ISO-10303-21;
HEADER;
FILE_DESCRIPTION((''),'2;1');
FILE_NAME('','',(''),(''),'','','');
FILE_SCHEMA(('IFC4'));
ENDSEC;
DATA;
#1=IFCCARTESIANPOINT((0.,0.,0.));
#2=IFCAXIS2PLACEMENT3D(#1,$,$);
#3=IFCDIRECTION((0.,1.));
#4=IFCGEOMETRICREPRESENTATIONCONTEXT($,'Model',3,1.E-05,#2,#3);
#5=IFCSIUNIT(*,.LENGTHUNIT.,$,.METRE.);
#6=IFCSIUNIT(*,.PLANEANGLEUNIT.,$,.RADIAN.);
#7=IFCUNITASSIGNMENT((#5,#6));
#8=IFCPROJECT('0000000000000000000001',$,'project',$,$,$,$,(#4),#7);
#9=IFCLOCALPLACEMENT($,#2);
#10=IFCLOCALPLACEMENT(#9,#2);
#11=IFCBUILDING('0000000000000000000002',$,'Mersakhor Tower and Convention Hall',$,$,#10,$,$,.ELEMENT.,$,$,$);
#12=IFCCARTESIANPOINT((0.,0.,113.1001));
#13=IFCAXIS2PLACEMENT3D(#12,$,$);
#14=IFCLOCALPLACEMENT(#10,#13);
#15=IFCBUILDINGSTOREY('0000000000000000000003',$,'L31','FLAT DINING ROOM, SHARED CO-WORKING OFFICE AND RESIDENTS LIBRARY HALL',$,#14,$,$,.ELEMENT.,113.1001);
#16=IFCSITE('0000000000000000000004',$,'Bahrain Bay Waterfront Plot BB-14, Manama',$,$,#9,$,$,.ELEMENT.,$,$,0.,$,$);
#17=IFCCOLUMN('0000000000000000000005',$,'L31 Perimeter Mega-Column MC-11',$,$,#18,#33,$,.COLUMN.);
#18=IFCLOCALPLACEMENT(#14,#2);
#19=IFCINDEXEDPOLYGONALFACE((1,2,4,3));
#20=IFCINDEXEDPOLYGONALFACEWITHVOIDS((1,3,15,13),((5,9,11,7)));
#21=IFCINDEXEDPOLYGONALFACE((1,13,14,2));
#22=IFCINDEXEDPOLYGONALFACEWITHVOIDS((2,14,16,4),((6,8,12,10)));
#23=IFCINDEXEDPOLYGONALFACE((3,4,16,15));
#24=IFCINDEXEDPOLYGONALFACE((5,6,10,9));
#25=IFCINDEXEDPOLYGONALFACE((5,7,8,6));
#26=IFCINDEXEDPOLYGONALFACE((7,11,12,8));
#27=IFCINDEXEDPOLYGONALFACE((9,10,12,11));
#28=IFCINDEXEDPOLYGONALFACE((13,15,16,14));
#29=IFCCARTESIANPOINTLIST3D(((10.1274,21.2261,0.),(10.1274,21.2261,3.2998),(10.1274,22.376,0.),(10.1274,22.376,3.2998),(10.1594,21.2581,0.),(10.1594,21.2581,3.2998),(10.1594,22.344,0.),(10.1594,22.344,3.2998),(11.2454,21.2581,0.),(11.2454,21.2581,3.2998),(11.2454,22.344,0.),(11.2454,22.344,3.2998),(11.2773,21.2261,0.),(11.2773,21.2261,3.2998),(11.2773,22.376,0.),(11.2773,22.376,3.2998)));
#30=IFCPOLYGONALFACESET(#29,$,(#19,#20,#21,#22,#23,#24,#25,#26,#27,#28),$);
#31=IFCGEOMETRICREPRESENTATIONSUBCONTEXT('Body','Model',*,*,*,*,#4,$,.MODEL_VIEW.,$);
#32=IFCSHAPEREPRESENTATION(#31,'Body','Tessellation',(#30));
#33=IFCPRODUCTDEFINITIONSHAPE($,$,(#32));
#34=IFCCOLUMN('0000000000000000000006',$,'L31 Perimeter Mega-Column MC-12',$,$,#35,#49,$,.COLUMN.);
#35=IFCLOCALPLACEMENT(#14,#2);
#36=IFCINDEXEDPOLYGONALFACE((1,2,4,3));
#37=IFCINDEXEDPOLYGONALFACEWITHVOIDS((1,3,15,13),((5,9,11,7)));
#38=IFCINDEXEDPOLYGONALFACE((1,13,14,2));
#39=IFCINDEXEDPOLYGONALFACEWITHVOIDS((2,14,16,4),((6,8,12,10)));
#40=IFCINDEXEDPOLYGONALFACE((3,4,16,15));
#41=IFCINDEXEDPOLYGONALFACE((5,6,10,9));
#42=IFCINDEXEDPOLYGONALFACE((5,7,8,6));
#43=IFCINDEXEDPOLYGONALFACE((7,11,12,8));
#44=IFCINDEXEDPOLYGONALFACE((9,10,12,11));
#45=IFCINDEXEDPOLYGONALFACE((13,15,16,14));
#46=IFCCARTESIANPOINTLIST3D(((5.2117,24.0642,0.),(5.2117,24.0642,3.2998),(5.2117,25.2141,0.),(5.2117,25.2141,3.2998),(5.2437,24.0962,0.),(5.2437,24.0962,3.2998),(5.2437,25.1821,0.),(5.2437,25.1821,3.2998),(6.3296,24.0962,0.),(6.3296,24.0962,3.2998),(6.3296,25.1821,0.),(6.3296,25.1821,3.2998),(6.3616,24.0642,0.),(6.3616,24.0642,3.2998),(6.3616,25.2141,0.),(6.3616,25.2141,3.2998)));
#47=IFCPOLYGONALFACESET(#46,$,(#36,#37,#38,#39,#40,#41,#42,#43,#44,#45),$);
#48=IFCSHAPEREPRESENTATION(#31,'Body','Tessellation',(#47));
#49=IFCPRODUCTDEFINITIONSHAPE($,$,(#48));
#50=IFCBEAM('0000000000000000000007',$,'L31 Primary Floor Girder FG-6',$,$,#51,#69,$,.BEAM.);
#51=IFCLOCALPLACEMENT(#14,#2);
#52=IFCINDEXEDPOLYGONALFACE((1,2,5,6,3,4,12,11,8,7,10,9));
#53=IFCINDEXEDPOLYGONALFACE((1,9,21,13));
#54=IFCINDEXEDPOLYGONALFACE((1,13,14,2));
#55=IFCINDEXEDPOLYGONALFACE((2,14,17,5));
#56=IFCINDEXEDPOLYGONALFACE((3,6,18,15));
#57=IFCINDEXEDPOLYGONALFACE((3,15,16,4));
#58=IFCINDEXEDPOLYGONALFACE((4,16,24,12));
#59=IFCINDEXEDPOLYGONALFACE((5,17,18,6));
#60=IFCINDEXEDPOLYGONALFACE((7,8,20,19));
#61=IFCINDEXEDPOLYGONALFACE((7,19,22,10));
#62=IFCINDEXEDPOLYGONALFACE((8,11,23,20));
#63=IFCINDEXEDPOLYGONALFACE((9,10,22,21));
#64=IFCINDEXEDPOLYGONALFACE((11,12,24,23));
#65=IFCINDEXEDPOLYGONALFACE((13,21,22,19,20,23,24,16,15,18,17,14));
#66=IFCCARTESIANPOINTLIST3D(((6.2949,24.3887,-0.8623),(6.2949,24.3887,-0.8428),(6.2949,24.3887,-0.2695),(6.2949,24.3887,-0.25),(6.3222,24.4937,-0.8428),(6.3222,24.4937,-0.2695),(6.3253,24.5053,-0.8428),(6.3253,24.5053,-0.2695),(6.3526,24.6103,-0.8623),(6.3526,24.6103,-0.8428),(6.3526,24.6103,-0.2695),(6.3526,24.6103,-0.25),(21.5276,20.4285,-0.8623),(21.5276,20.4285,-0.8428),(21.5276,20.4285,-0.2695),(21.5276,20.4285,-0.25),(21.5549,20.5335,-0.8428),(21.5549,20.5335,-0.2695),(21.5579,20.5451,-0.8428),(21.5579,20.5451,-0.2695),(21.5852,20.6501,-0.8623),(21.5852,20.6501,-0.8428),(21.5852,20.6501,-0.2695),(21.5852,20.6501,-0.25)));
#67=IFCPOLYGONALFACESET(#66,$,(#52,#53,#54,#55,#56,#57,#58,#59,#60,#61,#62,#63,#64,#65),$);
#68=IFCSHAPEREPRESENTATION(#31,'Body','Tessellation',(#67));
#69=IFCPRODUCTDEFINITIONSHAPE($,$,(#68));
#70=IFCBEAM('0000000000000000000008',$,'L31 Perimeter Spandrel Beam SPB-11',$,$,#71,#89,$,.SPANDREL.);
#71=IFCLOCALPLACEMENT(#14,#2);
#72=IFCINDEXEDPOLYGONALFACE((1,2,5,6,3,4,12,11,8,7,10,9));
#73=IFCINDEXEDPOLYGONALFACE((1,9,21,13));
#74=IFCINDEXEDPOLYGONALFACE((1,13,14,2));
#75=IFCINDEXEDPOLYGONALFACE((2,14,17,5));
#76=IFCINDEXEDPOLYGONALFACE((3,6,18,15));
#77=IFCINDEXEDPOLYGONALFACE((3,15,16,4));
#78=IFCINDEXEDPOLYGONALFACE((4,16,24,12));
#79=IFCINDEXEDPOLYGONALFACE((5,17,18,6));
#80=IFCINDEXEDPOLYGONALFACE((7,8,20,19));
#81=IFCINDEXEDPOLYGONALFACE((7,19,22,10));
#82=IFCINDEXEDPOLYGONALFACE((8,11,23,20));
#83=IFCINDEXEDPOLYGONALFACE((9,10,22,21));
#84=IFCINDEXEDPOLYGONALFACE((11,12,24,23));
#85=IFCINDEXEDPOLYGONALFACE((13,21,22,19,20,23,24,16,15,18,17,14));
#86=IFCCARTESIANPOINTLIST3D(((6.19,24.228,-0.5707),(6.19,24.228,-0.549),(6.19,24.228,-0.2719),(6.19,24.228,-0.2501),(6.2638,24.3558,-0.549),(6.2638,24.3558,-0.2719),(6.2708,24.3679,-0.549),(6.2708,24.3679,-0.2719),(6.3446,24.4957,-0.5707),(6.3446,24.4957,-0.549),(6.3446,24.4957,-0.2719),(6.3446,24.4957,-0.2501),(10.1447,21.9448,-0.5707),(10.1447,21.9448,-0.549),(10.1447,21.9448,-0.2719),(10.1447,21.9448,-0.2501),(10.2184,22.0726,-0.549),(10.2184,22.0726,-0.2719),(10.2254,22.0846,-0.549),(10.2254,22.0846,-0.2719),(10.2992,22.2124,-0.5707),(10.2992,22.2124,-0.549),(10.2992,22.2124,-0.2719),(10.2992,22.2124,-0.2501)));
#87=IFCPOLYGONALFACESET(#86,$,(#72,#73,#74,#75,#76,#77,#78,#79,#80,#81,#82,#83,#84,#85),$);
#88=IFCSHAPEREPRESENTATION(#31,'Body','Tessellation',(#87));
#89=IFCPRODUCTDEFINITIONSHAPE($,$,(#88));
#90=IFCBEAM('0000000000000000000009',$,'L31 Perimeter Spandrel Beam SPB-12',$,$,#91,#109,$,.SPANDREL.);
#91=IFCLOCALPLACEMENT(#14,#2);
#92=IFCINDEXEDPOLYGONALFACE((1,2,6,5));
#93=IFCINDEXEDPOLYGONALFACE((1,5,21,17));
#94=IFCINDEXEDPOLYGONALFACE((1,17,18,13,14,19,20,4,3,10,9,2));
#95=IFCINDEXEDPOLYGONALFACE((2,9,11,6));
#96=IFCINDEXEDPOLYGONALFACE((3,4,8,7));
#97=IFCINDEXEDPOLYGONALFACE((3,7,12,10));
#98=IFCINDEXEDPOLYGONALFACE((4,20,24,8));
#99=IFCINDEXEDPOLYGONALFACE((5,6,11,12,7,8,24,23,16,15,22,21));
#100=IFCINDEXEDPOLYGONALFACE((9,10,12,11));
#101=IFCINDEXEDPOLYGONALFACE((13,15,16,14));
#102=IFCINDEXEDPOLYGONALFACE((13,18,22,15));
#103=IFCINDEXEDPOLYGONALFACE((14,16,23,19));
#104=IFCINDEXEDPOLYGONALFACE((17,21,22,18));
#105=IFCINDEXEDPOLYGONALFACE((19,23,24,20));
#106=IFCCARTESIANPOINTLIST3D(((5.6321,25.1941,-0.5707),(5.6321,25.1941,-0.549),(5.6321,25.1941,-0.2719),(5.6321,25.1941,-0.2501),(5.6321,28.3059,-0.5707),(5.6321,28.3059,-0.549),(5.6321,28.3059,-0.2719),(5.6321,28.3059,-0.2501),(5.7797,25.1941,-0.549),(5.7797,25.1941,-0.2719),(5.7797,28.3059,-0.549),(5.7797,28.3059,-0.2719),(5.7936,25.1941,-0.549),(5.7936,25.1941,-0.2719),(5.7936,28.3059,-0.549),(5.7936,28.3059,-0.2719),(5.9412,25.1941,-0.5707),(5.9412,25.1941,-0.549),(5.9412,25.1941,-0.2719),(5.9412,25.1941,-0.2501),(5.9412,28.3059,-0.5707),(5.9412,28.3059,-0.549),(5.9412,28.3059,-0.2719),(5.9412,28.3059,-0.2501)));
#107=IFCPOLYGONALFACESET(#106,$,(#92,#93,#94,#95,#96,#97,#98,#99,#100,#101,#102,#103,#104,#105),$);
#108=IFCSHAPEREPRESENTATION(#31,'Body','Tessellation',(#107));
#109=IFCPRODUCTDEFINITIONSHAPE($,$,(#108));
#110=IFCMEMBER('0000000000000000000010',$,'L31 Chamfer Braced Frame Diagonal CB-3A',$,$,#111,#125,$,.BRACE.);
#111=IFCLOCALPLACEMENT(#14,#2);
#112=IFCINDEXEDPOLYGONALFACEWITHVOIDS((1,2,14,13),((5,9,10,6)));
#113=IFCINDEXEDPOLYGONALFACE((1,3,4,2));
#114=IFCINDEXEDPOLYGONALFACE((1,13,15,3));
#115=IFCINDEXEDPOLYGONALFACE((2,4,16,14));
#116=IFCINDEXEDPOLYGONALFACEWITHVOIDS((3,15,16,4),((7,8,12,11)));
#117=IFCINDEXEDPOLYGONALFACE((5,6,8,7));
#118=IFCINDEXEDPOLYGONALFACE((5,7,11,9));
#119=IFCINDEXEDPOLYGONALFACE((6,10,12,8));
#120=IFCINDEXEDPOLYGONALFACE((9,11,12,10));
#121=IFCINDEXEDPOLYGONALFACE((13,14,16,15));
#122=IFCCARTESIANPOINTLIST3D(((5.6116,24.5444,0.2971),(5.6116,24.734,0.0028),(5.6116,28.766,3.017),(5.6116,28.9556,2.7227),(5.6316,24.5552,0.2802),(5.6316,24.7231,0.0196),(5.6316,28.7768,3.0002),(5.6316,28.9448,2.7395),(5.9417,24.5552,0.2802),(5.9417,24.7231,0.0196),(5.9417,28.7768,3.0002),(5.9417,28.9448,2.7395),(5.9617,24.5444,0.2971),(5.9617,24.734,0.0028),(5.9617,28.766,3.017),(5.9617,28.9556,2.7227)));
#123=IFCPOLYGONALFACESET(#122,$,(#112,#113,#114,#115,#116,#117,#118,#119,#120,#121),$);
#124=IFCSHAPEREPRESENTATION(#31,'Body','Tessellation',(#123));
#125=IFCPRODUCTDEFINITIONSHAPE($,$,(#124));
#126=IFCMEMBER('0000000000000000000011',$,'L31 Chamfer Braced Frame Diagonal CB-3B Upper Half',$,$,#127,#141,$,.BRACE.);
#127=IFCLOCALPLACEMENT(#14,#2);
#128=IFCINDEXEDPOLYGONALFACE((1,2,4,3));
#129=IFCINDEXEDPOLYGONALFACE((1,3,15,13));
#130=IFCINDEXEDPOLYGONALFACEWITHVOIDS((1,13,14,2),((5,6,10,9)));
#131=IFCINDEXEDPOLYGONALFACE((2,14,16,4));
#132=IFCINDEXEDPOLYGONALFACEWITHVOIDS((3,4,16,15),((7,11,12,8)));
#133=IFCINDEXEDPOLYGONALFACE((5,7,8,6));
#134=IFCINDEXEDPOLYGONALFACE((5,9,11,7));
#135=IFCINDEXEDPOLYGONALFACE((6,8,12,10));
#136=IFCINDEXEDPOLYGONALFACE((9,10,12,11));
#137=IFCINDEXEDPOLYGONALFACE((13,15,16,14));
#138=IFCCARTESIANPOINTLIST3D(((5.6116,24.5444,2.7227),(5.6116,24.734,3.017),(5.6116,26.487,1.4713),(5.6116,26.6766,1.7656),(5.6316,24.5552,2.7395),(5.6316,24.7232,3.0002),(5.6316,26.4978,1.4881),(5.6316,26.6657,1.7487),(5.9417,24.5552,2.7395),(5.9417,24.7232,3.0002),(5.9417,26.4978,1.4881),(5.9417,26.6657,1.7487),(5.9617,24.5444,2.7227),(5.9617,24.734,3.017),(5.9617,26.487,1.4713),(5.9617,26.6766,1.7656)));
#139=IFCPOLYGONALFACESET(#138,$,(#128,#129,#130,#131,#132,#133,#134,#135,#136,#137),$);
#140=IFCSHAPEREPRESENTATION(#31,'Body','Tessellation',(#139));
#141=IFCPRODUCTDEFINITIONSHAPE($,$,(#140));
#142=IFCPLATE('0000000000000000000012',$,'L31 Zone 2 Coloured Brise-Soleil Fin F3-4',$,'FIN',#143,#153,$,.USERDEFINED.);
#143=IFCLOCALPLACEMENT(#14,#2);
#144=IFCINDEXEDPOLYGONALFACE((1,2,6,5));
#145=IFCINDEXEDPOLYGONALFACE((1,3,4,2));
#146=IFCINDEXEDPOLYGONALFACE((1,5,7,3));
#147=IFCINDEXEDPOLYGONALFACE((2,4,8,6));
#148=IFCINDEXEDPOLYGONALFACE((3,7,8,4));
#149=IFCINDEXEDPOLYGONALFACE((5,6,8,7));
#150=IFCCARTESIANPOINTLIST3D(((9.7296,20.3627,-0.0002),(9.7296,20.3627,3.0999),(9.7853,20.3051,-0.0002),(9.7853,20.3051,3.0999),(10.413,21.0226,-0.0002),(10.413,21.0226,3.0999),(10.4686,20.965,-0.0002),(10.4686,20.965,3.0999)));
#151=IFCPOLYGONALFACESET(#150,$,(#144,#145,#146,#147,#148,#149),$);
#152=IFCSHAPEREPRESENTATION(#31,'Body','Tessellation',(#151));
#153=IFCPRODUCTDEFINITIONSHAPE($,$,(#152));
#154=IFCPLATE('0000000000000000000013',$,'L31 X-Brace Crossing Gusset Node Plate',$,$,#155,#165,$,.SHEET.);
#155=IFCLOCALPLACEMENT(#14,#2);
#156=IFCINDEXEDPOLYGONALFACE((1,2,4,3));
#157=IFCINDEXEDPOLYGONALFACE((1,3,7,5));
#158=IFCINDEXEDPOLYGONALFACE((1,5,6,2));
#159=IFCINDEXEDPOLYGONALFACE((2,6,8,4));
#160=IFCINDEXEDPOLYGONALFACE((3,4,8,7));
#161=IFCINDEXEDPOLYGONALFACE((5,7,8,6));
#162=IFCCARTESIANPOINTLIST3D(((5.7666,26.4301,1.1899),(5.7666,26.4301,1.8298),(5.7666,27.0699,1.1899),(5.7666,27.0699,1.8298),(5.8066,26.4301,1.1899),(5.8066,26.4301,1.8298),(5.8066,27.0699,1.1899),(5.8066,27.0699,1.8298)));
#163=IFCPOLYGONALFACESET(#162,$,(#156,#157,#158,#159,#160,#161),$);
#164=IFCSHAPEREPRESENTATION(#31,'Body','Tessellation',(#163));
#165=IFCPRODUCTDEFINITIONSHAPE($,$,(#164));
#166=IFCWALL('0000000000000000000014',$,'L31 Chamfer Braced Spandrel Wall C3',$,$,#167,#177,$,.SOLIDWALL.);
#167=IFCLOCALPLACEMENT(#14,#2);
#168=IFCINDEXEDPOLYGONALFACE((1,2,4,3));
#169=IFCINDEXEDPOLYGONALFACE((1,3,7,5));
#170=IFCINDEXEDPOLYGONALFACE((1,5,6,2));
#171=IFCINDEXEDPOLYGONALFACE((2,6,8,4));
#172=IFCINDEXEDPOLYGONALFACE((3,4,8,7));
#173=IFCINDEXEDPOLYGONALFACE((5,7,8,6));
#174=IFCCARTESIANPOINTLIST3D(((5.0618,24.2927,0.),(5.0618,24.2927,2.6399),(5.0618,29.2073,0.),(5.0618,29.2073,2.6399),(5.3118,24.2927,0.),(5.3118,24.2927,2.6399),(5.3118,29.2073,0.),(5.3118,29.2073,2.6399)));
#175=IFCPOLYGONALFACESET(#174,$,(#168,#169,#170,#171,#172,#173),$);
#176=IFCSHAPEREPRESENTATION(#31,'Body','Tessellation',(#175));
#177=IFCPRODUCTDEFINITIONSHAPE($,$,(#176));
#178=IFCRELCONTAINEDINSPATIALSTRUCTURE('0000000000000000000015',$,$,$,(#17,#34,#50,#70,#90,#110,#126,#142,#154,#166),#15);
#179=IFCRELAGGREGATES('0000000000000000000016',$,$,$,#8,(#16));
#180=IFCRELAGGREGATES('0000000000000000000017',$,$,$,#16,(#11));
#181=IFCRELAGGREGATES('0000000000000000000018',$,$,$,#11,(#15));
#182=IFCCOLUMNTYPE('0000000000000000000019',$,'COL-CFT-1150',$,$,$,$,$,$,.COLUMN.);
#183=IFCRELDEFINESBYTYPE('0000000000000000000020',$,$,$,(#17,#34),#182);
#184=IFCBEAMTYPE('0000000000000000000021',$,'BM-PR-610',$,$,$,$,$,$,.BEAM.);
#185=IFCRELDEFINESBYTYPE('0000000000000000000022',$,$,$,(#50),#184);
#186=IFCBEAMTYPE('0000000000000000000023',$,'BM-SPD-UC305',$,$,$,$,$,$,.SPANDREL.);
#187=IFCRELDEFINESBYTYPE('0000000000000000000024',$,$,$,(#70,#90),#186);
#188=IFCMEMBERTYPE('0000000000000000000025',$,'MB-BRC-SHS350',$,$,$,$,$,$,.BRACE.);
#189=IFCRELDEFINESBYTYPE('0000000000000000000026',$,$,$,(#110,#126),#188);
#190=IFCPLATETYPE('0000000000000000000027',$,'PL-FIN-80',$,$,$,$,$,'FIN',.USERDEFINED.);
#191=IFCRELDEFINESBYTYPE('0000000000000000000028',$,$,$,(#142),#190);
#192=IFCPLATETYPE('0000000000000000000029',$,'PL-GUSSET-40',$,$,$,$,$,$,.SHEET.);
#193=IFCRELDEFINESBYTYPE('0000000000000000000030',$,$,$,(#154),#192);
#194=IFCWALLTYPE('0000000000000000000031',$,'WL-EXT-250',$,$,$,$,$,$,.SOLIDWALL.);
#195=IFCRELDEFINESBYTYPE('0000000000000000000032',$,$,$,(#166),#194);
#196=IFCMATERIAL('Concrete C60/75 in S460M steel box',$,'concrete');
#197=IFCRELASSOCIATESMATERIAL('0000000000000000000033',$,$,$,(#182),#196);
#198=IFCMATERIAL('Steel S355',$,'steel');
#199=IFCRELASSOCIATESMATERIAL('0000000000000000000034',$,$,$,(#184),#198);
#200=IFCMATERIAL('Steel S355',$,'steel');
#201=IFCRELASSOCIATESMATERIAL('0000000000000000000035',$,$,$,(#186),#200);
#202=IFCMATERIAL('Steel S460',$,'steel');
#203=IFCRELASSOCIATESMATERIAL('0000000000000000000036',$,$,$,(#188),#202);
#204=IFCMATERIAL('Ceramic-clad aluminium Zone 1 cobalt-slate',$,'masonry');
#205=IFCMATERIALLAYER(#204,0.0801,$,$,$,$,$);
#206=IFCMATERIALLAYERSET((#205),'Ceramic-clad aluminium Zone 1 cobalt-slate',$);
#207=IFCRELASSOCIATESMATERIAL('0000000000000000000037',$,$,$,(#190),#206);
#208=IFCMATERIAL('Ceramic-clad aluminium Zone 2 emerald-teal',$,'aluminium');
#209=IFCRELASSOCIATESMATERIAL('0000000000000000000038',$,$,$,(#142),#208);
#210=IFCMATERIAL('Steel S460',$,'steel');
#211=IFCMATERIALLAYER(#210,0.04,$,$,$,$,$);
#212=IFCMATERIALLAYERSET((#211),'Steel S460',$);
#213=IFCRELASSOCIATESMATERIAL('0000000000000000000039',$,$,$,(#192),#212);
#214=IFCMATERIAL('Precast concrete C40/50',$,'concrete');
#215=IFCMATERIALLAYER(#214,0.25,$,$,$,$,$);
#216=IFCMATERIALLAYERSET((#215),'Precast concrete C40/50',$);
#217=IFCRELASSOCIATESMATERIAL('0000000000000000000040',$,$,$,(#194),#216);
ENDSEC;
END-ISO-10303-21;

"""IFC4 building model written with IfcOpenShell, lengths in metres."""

from ifc_helpers import new_model, si_unit, direction, frame, frame_2d, origin, origin_2d, place, context, subcontext, project, spatial, rectangle, hollow_rectangle, i_section, extrude, material, layer, layer_set, material_profile, profile_set, type_object, element, save


model = new_model("IFC4")

# Units and contexts
model_context = context("Model", 3, precision=1e-05, world=origin(), true_north=direction((0.0, 1.0)))
body_context = subcontext(model_context, "Body", "Model", "MODEL_VIEW")
ifc_project = project(units=[si_unit("LENGTHUNIT", "METRE"), si_unit("PLANEANGLEUNIT", "RADIAN")], contexts=[model_context])

# Site, building, storey
site_placement = place(None, origin())
site = spatial("IfcSite", under=ifc_project, at=site_placement, Name="Bahrain Bay Waterfront Plot BB-14, Manama", CompositionType="ELEMENT", RefElevation=0.0)
building_placement = place(site_placement, origin())
building = spatial("IfcBuilding", under=site, at=building_placement, Name="Mersakhor Tower and Convention Hall", CompositionType="ELEMENT")
storey_placement = place(building_placement, frame((0.0, 0.0, 113.1001)))
storey = spatial("IfcBuildingStorey", under=building, at=storey_placement, Name="L31", Description="FLAT DINING ROOM, SHARED CO-WORKING OFFICE AND RESIDENTS LIBRARY HALL", CompositionType="ELEMENT", Elevation=113.1001)

# Columns
ifc_material_1 = material(Name="Concrete C60/75 in S460M steel box", Category="concrete")
ifc_material_profile_1 = material_profile(ifc_material_1, hollow_rectangle(XDim=1.1499, YDim=1.1499, WallThickness=0.032, at=origin_2d()), Name="SHS 1150x1150x32")
ifc_profile_set_1 = profile_set([ifc_material_profile_1], Name="Concrete C60/75 in S460M steel box")
column_type = type_object("IfcColumnType", Name="COL-CFT-1150", PredefinedType="COLUMN", material=ifc_profile_set_1)
for number, where, z_axis, x_axis, name in (
    (1, (10.7024, 21.801, 0.0), (0.0, 0.0, 1.0), (1.0, 0.0, 0.0), "L31 Perimeter Mega-Column MC-11"),
    (2, (5.7866, 24.6392, 0.0), (0.0, 0.0, 1.0), (1.0, 0.0, 0.0), "L31 Perimeter Mega-Column MC-12"),
):
    element("IfcColumn", number, at=place(storey_placement, frame(where, z_axis=z_axis, x_axis=x_axis)), inside=storey, type_object=column_type, Name=name, PredefinedType="COLUMN", context=body_context, shape_type="SweptSolid", body=[
        extrude(hollow_rectangle(XDim=1.1499, YDim=1.1499, WallThickness=0.032, at=origin_2d()), origin(), (0.0, 0.0, 1.0), 3.2998),
    ])

# Beams
ifc_material_2 = material(Name="Steel S355", Category="steel")
ifc_material_profile_2 = material_profile(ifc_material_2, i_section(OverallWidth=0.229, OverallDepth=0.6123, WebThickness=0.012, FlangeThickness=0.0195, at=origin_2d()), Name="UB 610x229x125")
ifc_profile_set_2 = profile_set([ifc_material_profile_2], Name="Steel S355")
beam_type_1 = type_object("IfcBeamType", Name="BM-PR-610", PredefinedType="BEAM", material=ifc_profile_set_2)
beam_1_placement = place(storey_placement, frame((21.5564, 20.5393, -0.5562), z_axis=(-0.967827, 0.251617, 0.0), x_axis=(-0.251617, -0.967827, 0.0)))
element("IfcBeam", 3, at=beam_1_placement, inside=storey, type_object=beam_type_1, Name="L31 Primary Floor Girder FG-6", PredefinedType="BEAM", context=body_context, shape_type="SweptSolid", body=[
    extrude(i_section(OverallWidth=0.229, OverallDepth=0.6123, WebThickness=0.012, FlangeThickness=0.0195, at=origin_2d()), origin(), (0.0, 0.0, 1.0), 15.739),
])
ifc_material_3 = material(Name="Steel S355", Category="steel")
ifc_material_profile_3 = material_profile(ifc_material_3, i_section(OverallWidth=0.3091, OverallDepth=0.3206, WebThickness=0.0139, FlangeThickness=0.0217, at=origin_2d()), Name="UC 305x305x137")
ifc_profile_set_3 = profile_set([ifc_material_profile_3], Name="Steel S355")
beam_type_2 = type_object("IfcBeamType", Name="BM-SPD-UC305", PredefinedType="SPANDREL", material=ifc_profile_set_3)
beam_2_placement = place(storey_placement, frame((10.2219, 22.0786, -0.4104), z_axis=(-0.866024, 0.500003, 0.0), x_axis=(-0.500003, -0.866024, 0.0)))
element("IfcBeam", 4, at=beam_2_placement, inside=storey, type_object=beam_type_2, Name="L31 Perimeter Spandrel Beam SPB-11", PredefinedType="SPANDREL", context=body_context, shape_type="SweptSolid", body=[
    extrude(i_section(OverallWidth=0.3091, OverallDepth=0.3206, WebThickness=0.0139, FlangeThickness=0.0217, at=origin_2d()), origin(), (0.0, 0.0, 1.0), 4.5664),
])
beam_3_placement = place(storey_placement, frame((5.7866, 25.1941, -0.4104), z_axis=(0.0, 1.0, 0.0), x_axis=(-1.0, 0.0, 0.0)))
element("IfcBeam", 5, at=beam_3_placement, inside=storey, type_object=beam_type_2, Name="L31 Perimeter Spandrel Beam SPB-12", PredefinedType="SPANDREL", context=body_context, shape_type="SweptSolid", body=[
    extrude(i_section(OverallWidth=0.3091, OverallDepth=0.3206, WebThickness=0.0139, FlangeThickness=0.0217, at=origin_2d()), origin(), (0.0, 0.0, 1.0), 3.1118),
])

# Members
ifc_material_4 = material(Name="Steel S460", Category="steel")
ifc_material_profile_4 = material_profile(ifc_material_4, hollow_rectangle(XDim=0.3501, YDim=0.3501, WallThickness=0.02, at=origin_2d()), Name="SHS 350x350x20")
ifc_profile_set_4 = profile_set([ifc_material_profile_4], Name="Steel S460")
member_type = type_object("IfcMemberType", Name="MB-BRC-SHS350", PredefinedType="BRACE", material=ifc_profile_set_4)
member_1_placement = place(storey_placement, frame((5.7866, 24.6392, 0.1499), z_axis=(0.0, 0.840632, 0.541607), x_axis=(-1.0, 0.0, 0.0)))
element("IfcMember", 6, at=member_1_placement, inside=storey, type_object=member_type, Name="L31 Chamfer Braced Frame Diagonal CB-3A", PredefinedType="BRACE", context=body_context, shape_type="SweptSolid", body=[
    extrude(hollow_rectangle(XDim=0.3501, YDim=0.3501, WallThickness=0.02, at=origin_2d()), origin(), (0.0, 0.0, 1.0), 5.022),
])
member_2_placement = place(storey_placement, frame((5.7866, 26.5818, 1.6184), z_axis=(0.0, -0.84066, 0.541564), x_axis=(1.0, 0.0, 0.0)))
element("IfcMember", 7, at=member_2_placement, inside=storey, type_object=member_type, Name="L31 Chamfer Braced Frame Diagonal CB-3B Upper Half", PredefinedType="BRACE", context=body_context, shape_type="SweptSolid", body=[
    extrude(hollow_rectangle(XDim=0.3501, YDim=0.3501, WallThickness=0.02, at=origin_2d()), origin(), (0.0, 0.0, 1.0), 2.3108),
])

# Plates
ifc_material_5 = material(Name="Ceramic-clad aluminium Zone 2 emerald-teal", Category="aluminium")
ifc_material_6 = material(Name="Ceramic-clad aluminium Zone 1 cobalt-slate", Category="masonry")
ifc_layer_1 = layer(ifc_material_6, 0.0801)
ifc_layer_set_1 = layer_set([ifc_layer_1], Name="Ceramic-clad aluminium Zone 1 cobalt-slate")
plate_type_1 = type_object("IfcPlateType", Name="PL-FIN-80", ElementType="FIN", PredefinedType="USERDEFINED", material=ifc_layer_set_1)
plate_1_placement = place(storey_placement, frame((10.0991, 20.6638, -0.0002), z_axis=(0.0, 0.0, 1.0), x_axis=(-0.71934, -0.694658, 0.0)))
element("IfcPlate", 8, at=plate_1_placement, inside=storey, type_object=plate_type_1, material=ifc_material_5, Name="L31 Zone 2 Coloured Brise-Soleil Fin F3-4", ObjectType="FIN", PredefinedType="USERDEFINED", context=body_context, shape_type="SweptSolid", body=[
    extrude(rectangle(XDim=0.95, YDim=0.0801, at=origin_2d()), origin(), (0.0, 0.0, 1.0), 3.1001),
])
ifc_material_7 = material(Name="Steel S460", Category="steel")
ifc_layer_2 = layer(ifc_material_7, 0.04)
ifc_layer_set_2 = layer_set([ifc_layer_2], Name="Steel S460")
plate_type_2 = type_object("IfcPlateType", Name="PL-GUSSET-40", PredefinedType="SHEET", material=ifc_layer_set_2)
plate_2_placement = place(storey_placement, frame((5.7866, 26.75, 1.1899), z_axis=(0.0, 0.0, 1.0), x_axis=(0.0, -1.0, 0.0)))
element("IfcPlate", 9, at=plate_2_placement, inside=storey, type_object=plate_type_2, Name="L31 X-Brace Crossing Gusset Node Plate", PredefinedType="SHEET", context=body_context, shape_type="SweptSolid", body=[
    extrude(rectangle(XDim=0.6399, YDim=0.04, at=origin_2d()), origin(), (0.0, 0.0, 1.0), 0.6399),
])

# Wall
ifc_material_8 = material(Name="Precast concrete C40/50", Category="concrete")
ifc_layer_3 = layer(ifc_material_8, 0.25)
ifc_layer_set_3 = layer_set([ifc_layer_3], Name="Precast concrete C40/50")
wall_type_1 = type_object("IfcWallType", Name="WL-EXT-250", PredefinedType="SOLIDWALL", material=ifc_layer_set_3)
wall_1_placement = place(storey_placement, frame((5.1868, 24.2927, 0.0), z_axis=(0.0, 0.0, 1.0), x_axis=(0.0, 1.0, 0.0)))
element("IfcWall", 10, at=wall_1_placement, inside=storey, type_object=wall_type_1, Name="L31 Chamfer Braced Spandrel Wall C3", PredefinedType="SOLIDWALL", context=body_context, shape_type="SweptSolid", body=[
    extrude(rectangle(XDim=4.9146, YDim=0.25, at=frame_2d((2.4573, 0.0))), origin(), (0.0, 0.0, 1.0), 2.6399),
])

save(model, "model.ifc")
